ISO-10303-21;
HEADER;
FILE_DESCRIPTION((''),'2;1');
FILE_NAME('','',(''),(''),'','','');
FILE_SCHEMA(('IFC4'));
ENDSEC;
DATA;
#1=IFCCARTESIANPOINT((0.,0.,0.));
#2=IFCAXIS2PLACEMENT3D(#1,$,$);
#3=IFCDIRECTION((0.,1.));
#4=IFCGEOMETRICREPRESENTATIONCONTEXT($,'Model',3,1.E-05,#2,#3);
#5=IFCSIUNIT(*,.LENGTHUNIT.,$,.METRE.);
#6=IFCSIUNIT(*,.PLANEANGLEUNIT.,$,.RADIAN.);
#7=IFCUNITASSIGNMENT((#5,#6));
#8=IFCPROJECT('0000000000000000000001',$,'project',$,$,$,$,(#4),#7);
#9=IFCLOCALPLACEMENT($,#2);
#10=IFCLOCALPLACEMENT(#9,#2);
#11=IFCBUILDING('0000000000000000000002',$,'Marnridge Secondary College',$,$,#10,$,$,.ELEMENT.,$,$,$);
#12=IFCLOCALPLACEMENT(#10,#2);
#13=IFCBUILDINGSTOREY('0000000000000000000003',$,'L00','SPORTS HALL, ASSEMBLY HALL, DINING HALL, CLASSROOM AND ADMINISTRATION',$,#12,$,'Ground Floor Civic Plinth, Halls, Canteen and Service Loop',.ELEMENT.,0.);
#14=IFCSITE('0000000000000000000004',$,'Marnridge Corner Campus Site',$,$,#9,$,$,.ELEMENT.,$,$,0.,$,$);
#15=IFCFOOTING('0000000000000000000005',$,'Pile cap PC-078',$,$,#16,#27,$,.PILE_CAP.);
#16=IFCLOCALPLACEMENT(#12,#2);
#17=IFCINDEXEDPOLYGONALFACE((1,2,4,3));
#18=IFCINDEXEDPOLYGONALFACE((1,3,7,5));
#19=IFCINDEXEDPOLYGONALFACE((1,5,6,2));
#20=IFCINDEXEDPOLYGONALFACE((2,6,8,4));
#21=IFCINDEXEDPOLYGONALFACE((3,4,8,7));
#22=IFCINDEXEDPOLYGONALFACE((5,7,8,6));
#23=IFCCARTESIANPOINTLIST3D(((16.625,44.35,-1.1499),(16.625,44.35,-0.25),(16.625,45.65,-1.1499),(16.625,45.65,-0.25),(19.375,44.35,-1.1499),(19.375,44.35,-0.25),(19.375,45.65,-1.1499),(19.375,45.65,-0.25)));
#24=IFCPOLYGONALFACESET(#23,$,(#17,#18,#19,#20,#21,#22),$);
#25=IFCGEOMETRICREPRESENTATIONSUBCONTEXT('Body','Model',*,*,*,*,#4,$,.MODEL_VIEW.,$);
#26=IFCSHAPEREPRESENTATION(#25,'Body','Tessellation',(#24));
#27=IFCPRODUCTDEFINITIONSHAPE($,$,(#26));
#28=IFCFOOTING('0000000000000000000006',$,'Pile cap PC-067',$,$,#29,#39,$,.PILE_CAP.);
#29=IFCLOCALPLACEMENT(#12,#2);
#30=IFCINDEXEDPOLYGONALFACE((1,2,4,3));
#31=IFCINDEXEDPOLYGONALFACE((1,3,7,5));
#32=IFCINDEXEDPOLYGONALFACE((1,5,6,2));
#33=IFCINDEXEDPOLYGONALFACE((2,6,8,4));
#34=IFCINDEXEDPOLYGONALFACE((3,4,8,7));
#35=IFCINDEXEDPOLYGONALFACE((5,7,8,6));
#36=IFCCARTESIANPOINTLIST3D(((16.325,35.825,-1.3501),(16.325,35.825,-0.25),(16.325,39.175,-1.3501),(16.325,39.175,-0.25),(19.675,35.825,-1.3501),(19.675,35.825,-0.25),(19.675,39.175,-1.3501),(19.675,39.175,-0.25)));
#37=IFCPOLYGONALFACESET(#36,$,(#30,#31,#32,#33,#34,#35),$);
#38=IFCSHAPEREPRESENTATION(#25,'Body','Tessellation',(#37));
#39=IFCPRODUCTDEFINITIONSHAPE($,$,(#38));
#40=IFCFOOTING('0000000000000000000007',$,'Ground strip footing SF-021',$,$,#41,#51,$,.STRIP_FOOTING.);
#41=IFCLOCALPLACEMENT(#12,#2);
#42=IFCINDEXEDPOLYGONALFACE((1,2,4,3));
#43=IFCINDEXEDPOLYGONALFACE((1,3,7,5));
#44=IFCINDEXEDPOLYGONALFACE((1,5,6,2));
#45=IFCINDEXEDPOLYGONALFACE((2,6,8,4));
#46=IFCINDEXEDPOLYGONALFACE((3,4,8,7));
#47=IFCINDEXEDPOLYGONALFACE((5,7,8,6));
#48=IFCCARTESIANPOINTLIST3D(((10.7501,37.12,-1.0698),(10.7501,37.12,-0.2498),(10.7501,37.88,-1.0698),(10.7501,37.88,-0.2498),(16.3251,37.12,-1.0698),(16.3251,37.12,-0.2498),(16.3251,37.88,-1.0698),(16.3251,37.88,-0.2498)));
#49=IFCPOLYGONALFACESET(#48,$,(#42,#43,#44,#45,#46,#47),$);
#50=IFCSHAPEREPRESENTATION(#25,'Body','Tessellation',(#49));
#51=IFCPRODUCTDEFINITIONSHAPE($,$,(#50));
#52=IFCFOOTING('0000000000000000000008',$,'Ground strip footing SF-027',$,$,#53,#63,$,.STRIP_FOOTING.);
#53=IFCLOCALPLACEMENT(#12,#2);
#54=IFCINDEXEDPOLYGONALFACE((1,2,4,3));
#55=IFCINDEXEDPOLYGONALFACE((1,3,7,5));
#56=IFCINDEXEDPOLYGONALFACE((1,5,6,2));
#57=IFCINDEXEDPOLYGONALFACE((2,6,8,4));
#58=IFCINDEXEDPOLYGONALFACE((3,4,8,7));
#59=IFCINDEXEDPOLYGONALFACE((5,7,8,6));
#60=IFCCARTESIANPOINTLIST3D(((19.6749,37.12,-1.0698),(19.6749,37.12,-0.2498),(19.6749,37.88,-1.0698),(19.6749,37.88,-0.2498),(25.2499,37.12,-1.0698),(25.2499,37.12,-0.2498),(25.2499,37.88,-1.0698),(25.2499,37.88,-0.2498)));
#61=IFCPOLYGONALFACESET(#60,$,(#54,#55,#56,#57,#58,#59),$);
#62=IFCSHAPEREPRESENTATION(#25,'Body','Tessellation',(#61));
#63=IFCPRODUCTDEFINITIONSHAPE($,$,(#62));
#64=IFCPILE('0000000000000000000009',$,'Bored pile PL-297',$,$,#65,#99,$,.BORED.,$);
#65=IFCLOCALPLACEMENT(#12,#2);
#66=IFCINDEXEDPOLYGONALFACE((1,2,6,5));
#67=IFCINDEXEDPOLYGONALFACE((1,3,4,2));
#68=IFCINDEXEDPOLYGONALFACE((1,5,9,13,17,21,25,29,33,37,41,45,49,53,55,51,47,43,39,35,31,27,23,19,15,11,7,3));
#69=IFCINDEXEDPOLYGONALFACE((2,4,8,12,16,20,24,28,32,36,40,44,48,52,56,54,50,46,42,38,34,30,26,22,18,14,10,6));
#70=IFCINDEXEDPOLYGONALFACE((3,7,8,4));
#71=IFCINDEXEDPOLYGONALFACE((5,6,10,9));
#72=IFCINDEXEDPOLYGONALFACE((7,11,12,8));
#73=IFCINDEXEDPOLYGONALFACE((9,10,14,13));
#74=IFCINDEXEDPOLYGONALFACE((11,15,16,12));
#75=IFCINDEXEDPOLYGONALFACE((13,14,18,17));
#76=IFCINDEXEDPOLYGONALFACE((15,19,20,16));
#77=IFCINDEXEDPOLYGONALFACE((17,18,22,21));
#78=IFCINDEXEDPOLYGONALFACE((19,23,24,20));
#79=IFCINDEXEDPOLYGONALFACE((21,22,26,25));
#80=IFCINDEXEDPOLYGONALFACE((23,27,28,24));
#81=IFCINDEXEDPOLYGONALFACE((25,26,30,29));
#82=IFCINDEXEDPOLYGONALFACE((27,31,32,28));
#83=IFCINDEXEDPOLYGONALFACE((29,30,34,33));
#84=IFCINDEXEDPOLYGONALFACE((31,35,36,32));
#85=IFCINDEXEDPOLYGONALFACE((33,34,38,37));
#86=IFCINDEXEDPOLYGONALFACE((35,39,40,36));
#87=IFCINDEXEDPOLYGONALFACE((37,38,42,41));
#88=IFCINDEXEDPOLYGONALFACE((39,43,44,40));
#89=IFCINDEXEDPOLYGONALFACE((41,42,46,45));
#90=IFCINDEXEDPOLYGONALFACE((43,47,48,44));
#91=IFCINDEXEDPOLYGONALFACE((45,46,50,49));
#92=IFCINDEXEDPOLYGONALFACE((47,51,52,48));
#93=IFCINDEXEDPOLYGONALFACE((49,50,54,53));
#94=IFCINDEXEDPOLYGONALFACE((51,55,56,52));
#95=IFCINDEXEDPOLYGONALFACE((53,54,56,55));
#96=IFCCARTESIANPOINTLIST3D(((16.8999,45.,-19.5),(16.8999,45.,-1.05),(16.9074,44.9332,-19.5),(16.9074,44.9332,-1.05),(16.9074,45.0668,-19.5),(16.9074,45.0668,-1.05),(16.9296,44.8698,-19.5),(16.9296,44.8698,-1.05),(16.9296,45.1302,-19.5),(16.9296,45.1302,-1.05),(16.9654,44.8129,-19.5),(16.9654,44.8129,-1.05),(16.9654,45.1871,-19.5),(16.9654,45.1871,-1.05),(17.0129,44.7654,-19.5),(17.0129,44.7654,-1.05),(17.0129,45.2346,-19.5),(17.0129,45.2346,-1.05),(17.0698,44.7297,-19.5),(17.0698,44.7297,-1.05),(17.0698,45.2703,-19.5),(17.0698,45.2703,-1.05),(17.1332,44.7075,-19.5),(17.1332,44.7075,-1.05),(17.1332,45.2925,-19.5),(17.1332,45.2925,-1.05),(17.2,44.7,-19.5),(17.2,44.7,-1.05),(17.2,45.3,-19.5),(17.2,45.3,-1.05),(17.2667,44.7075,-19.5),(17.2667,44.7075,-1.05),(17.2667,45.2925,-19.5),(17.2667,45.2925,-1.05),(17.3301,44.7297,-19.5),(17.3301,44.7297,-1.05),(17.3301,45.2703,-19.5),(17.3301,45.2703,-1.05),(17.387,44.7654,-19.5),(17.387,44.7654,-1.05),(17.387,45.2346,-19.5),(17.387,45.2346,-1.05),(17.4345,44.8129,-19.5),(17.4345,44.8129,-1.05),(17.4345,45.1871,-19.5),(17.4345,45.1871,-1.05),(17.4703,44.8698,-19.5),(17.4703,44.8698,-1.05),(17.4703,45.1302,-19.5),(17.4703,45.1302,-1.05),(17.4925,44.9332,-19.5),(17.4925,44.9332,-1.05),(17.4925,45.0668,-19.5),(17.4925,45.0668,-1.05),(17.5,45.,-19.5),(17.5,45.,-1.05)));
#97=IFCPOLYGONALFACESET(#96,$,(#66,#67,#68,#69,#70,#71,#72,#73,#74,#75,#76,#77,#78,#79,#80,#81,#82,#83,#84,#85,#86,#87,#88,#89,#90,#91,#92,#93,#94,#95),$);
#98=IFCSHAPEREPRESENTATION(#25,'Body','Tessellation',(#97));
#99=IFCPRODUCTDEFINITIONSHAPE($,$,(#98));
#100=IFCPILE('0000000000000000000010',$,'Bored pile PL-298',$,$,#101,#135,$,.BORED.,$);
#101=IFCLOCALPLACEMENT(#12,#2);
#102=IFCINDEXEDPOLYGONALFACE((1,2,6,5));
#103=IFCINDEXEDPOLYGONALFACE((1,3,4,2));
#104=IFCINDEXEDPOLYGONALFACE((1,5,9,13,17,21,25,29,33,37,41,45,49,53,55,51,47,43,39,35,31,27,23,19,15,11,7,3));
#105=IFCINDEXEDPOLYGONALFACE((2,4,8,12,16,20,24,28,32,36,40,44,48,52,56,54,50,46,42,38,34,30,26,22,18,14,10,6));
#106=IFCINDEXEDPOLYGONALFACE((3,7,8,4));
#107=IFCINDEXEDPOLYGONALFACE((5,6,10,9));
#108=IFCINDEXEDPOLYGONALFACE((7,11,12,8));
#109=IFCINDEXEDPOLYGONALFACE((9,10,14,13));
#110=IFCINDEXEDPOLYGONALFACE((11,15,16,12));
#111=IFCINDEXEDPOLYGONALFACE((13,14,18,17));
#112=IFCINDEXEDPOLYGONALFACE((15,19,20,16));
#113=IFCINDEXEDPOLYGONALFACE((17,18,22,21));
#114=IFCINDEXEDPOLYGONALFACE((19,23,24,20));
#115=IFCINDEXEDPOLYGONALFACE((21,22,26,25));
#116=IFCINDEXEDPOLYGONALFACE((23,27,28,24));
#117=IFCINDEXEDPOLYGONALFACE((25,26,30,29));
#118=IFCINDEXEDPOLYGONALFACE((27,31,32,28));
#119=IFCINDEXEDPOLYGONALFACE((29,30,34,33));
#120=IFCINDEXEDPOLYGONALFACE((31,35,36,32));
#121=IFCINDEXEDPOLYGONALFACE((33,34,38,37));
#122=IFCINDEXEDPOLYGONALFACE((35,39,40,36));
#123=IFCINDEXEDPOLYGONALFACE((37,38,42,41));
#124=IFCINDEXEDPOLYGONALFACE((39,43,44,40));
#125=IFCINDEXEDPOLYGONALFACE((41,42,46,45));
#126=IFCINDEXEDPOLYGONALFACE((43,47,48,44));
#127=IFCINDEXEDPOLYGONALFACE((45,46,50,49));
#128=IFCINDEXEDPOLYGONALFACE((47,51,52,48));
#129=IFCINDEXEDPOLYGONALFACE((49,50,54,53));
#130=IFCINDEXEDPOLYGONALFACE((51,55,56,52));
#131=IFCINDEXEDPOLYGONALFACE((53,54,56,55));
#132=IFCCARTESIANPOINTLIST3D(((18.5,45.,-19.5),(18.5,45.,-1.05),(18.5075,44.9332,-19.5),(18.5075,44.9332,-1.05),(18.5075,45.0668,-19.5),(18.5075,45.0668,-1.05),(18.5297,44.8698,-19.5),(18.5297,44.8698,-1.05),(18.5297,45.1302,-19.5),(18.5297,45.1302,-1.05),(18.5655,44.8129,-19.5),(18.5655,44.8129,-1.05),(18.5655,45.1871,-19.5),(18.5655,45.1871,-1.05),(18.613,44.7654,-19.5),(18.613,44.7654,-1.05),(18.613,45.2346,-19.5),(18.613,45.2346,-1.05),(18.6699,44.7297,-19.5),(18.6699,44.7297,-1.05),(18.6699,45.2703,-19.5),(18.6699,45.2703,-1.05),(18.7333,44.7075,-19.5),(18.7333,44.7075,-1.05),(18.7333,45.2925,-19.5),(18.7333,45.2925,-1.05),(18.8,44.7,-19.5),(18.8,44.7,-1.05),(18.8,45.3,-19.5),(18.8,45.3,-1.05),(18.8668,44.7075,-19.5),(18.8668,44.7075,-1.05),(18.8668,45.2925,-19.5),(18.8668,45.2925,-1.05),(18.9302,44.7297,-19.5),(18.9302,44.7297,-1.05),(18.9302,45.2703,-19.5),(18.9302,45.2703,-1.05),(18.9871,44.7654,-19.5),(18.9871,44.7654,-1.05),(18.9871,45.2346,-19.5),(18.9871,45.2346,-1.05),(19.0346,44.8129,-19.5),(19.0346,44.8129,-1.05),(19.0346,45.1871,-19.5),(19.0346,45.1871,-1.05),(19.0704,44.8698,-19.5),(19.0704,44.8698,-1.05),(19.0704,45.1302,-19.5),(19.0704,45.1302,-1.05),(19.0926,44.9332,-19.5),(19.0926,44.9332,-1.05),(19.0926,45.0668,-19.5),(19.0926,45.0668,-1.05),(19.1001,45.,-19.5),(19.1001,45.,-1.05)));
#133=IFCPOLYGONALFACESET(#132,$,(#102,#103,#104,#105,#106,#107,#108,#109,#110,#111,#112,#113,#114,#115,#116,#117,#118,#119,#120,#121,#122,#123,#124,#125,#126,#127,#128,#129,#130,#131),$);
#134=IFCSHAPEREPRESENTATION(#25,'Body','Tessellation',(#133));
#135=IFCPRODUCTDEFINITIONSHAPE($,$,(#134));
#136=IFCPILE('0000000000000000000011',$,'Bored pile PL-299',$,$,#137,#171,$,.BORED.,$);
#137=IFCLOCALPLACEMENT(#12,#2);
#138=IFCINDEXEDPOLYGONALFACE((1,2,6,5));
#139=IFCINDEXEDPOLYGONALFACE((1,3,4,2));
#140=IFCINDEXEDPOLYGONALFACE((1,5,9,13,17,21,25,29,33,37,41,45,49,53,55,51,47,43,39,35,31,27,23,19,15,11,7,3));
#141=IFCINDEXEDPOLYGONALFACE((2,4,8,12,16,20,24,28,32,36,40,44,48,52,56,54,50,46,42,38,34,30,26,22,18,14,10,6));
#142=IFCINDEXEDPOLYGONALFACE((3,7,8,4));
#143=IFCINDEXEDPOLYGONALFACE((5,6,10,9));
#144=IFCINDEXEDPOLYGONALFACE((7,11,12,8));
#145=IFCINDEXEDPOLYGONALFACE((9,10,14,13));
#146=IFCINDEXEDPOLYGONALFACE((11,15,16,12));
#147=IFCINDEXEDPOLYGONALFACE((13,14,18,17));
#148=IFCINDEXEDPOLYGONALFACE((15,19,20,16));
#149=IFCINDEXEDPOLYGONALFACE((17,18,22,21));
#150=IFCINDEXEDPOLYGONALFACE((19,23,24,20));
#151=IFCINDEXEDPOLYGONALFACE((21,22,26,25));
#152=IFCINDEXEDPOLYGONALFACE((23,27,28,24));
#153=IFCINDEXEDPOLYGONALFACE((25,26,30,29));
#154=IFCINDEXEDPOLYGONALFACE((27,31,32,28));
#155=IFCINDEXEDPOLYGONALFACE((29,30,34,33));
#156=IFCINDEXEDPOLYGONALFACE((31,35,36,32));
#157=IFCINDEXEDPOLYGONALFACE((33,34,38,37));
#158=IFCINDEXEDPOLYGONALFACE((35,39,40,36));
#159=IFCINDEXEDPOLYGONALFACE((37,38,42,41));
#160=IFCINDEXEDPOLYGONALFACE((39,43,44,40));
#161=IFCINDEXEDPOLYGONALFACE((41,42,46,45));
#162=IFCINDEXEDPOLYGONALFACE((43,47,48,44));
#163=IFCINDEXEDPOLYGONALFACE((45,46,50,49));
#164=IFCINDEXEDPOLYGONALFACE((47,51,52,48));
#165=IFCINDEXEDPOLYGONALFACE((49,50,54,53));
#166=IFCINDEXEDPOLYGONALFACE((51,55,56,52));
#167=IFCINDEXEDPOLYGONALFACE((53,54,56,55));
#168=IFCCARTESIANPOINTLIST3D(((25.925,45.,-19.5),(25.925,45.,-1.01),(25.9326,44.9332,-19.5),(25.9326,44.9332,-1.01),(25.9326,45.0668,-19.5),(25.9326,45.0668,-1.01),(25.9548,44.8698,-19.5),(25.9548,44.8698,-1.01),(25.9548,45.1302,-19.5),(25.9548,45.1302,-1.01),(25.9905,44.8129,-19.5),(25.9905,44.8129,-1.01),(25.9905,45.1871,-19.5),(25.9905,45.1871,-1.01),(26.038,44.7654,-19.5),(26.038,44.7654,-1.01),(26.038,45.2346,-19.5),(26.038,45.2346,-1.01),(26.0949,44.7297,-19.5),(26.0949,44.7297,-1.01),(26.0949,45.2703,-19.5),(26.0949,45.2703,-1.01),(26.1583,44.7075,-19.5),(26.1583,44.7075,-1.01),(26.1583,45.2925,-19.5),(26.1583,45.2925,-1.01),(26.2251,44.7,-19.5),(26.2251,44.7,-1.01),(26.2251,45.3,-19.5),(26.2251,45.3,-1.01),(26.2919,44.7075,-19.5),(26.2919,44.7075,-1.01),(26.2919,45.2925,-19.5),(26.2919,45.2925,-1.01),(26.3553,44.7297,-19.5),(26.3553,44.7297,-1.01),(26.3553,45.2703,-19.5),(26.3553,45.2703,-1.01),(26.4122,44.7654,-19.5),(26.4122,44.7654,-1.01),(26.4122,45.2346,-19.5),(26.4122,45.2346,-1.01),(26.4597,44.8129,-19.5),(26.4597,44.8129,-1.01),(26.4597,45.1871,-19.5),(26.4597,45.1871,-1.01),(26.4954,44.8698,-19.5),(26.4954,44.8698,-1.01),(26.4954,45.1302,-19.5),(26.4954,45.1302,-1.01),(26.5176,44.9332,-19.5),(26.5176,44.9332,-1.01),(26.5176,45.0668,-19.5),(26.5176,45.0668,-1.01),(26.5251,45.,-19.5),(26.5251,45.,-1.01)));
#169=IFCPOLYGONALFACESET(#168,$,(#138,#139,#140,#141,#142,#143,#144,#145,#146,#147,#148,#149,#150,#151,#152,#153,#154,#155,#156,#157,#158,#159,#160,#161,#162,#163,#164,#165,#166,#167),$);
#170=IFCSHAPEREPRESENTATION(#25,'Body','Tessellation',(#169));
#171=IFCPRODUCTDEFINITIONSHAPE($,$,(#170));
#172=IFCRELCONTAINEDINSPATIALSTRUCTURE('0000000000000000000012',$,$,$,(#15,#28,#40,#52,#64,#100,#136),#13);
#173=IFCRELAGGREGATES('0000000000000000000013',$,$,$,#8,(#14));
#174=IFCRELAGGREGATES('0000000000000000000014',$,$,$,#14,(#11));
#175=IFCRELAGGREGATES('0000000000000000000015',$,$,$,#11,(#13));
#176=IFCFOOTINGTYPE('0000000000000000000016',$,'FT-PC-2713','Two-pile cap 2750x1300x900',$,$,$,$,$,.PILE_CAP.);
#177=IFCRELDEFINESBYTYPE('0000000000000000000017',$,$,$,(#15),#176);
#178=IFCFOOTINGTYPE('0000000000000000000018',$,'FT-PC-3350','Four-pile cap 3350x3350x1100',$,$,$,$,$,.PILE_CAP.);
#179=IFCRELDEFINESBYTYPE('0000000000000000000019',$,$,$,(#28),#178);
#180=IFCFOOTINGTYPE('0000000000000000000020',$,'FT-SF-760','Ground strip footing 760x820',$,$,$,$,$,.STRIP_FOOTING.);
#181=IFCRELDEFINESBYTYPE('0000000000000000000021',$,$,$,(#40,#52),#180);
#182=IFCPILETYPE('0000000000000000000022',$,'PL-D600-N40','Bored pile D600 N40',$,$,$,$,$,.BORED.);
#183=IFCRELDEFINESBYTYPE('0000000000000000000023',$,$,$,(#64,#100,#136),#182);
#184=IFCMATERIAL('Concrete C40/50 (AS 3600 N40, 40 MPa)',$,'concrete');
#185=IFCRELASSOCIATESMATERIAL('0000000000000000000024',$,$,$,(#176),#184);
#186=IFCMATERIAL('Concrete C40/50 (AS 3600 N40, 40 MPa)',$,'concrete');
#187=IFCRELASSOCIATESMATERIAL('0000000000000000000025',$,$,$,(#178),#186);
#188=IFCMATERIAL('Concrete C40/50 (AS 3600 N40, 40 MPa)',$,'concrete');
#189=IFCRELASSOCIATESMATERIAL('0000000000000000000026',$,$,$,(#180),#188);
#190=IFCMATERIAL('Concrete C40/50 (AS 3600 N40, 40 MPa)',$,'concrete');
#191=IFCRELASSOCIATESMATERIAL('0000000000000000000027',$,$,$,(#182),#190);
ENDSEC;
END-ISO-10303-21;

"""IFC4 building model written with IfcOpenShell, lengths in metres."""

from ifc_helpers import new_model, si_unit, direction, frame, origin, origin_2d, place, context, subcontext, project, spatial, rectangle, circle, extrude, material, material_profile, profile_set, type_object, element, save


model = new_model("IFC4")

# Units and contexts
model_context = context("Model", 3, precision=1e-05, world=origin(), true_north=direction((0.0, 1.0)))
body_context = subcontext(model_context, "Body", "Model", "MODEL_VIEW")
ifc_project = project(units=[si_unit("LENGTHUNIT", "METRE"), si_unit("PLANEANGLEUNIT", "RADIAN")], contexts=[model_context])

# Site, building, storey
site_placement = place(None, origin())
site = spatial("IfcSite", under=ifc_project, at=site_placement, Name="Marnridge Corner Campus Site", CompositionType="ELEMENT", RefElevation=0.0)
building_placement = place(site_placement, origin())
building = spatial("IfcBuilding", under=site, at=building_placement, Name="Marnridge Secondary College", CompositionType="ELEMENT")
storey_placement = place(building_placement, origin())
storey = spatial("IfcBuildingStorey", under=building, at=storey_placement, Name="L00", Description="SPORTS HALL, ASSEMBLY HALL, DINING HALL, CLASSROOM AND ADMINISTRATION", LongName="Ground Floor Civic Plinth, Halls, Canteen and Service Loop", CompositionType="ELEMENT", Elevation=0.0)

# Footings
ifc_material_1 = material(Name="Concrete C40/50 (AS 3600 N40, 40 MPa)", Category="concrete")
footing_type_1 = type_object("IfcFootingType", Name="FT-PC-2713", Description="Two-pile cap 2750x1300x900", PredefinedType="PILE_CAP", material=ifc_material_1)
footing_1_placement = place(storey_placement, frame((18.0, 45.0, -1.1499), z_axis=(0.0, 0.0, 1.0), x_axis=(1.0, 0.0, 0.0)))
element("IfcFooting", 1, at=footing_1_placement, inside=storey, type_object=footing_type_1, Name="Pile cap PC-078", PredefinedType="PILE_CAP", context=body_context, shape_type="SweptSolid", body=[
    extrude(rectangle(XDim=2.75, YDim=1.3, at=origin_2d()), origin(), (0.0, 0.0, 1.0), 0.8999),
])
ifc_material_2 = material(Name="Concrete C40/50 (AS 3600 N40, 40 MPa)", Category="concrete")
footing_type_2 = type_object("IfcFootingType", Name="FT-PC-3350", Description="Four-pile cap 3350x3350x1100", PredefinedType="PILE_CAP", material=ifc_material_2)
footing_2_placement = place(storey_placement, frame((18.0, 37.5, -1.3501), z_axis=(0.0, 0.0, 1.0), x_axis=(1.0, 0.0, 0.0)))
element("IfcFooting", 2, at=footing_2_placement, inside=storey, type_object=footing_type_2, Name="Pile cap PC-067", PredefinedType="PILE_CAP", context=body_context, shape_type="SweptSolid", body=[
    extrude(rectangle(XDim=3.3501, YDim=3.3501, at=origin_2d()), origin(), (0.0, 0.0, 1.0), 1.1001),
])
ifc_material_3 = material(Name="Concrete C40/50 (AS 3600 N40, 40 MPa)", Category="concrete")
footing_type_3 = type_object("IfcFootingType", Name="FT-SF-760", Description="Ground strip footing 760x820", PredefinedType="STRIP_FOOTING", material=ifc_material_3)
for number, where, z_axis, x_axis, name in (
    (3, (13.5376, 37.5, -1.0698), (0.0, 0.0, 1.0), (1.0, 0.0, 0.0), "Ground strip footing SF-021"),
    (4, (22.4624, 37.5, -1.0698), (0.0, 0.0, 1.0), (1.0, 0.0, 0.0), "Ground strip footing SF-027"),
):
    element("IfcFooting", number, at=place(storey_placement, frame(where, z_axis=z_axis, x_axis=x_axis)), inside=storey, type_object=footing_type_3, Name=name, PredefinedType="STRIP_FOOTING", context=body_context, shape_type="SweptSolid", body=[
        extrude(rectangle(XDim=5.575, YDim=0.76, at=origin_2d()), origin(), (0.0, 0.0, 1.0), 0.8201),
    ])

# Piles
ifc_material_4 = material(Name="Concrete C40/50 (AS 3600 N40, 40 MPa)", Category="concrete")
ifc_material_profile_1 = material_profile(ifc_material_4, circle(Radius=0.3, at=origin_2d()), Name="PILE D600")
ifc_profile_set_1 = profile_set([ifc_material_profile_1], Name="Concrete C40/50 (AS 3600 N40, 40 MPa)")
pile_type_1 = type_object("IfcPileType", Name="PL-D600-N40", Description="Bored pile D600 N40", PredefinedType="BORED", material=ifc_profile_set_1)
for number, where, z_axis, x_axis, name in (
    (5, (17.2, 45.0, -1.05), (0.0, 0.0, -1.0), (1.0, 0.0, 0.0), "Bored pile PL-297"),
    (6, (18.8, 45.0, -1.05), (0.0, 0.0, -1.0), (1.0, 0.0, 0.0), "Bored pile PL-298"),
):
    element("IfcPile", number, at=place(storey_placement, frame(where, z_axis=z_axis, x_axis=x_axis)), inside=storey, type_object=pile_type_1, Name=name, PredefinedType="BORED", context=body_context, shape_type="SweptSolid", body=[
        extrude(circle(Radius=0.3, at=origin_2d()), origin(), (0.0, 0.0, 1.0), 18.45),
    ])
pile_1_placement = place(storey_placement, frame((26.2251, 45.0, -1.01), z_axis=(0.0, 0.0, -1.0), x_axis=(1.0, 0.0, 0.0)))
element("IfcPile", 7, at=pile_1_placement, inside=storey, type_object=pile_type_1, Name="Bored pile PL-299", PredefinedType="BORED", context=body_context, shape_type="SweptSolid", body=[
    extrude(circle(Radius=0.3, at=origin_2d()), origin(), (0.0, 0.0, 1.0), 18.49),
])

save(model, "model.ifc")
